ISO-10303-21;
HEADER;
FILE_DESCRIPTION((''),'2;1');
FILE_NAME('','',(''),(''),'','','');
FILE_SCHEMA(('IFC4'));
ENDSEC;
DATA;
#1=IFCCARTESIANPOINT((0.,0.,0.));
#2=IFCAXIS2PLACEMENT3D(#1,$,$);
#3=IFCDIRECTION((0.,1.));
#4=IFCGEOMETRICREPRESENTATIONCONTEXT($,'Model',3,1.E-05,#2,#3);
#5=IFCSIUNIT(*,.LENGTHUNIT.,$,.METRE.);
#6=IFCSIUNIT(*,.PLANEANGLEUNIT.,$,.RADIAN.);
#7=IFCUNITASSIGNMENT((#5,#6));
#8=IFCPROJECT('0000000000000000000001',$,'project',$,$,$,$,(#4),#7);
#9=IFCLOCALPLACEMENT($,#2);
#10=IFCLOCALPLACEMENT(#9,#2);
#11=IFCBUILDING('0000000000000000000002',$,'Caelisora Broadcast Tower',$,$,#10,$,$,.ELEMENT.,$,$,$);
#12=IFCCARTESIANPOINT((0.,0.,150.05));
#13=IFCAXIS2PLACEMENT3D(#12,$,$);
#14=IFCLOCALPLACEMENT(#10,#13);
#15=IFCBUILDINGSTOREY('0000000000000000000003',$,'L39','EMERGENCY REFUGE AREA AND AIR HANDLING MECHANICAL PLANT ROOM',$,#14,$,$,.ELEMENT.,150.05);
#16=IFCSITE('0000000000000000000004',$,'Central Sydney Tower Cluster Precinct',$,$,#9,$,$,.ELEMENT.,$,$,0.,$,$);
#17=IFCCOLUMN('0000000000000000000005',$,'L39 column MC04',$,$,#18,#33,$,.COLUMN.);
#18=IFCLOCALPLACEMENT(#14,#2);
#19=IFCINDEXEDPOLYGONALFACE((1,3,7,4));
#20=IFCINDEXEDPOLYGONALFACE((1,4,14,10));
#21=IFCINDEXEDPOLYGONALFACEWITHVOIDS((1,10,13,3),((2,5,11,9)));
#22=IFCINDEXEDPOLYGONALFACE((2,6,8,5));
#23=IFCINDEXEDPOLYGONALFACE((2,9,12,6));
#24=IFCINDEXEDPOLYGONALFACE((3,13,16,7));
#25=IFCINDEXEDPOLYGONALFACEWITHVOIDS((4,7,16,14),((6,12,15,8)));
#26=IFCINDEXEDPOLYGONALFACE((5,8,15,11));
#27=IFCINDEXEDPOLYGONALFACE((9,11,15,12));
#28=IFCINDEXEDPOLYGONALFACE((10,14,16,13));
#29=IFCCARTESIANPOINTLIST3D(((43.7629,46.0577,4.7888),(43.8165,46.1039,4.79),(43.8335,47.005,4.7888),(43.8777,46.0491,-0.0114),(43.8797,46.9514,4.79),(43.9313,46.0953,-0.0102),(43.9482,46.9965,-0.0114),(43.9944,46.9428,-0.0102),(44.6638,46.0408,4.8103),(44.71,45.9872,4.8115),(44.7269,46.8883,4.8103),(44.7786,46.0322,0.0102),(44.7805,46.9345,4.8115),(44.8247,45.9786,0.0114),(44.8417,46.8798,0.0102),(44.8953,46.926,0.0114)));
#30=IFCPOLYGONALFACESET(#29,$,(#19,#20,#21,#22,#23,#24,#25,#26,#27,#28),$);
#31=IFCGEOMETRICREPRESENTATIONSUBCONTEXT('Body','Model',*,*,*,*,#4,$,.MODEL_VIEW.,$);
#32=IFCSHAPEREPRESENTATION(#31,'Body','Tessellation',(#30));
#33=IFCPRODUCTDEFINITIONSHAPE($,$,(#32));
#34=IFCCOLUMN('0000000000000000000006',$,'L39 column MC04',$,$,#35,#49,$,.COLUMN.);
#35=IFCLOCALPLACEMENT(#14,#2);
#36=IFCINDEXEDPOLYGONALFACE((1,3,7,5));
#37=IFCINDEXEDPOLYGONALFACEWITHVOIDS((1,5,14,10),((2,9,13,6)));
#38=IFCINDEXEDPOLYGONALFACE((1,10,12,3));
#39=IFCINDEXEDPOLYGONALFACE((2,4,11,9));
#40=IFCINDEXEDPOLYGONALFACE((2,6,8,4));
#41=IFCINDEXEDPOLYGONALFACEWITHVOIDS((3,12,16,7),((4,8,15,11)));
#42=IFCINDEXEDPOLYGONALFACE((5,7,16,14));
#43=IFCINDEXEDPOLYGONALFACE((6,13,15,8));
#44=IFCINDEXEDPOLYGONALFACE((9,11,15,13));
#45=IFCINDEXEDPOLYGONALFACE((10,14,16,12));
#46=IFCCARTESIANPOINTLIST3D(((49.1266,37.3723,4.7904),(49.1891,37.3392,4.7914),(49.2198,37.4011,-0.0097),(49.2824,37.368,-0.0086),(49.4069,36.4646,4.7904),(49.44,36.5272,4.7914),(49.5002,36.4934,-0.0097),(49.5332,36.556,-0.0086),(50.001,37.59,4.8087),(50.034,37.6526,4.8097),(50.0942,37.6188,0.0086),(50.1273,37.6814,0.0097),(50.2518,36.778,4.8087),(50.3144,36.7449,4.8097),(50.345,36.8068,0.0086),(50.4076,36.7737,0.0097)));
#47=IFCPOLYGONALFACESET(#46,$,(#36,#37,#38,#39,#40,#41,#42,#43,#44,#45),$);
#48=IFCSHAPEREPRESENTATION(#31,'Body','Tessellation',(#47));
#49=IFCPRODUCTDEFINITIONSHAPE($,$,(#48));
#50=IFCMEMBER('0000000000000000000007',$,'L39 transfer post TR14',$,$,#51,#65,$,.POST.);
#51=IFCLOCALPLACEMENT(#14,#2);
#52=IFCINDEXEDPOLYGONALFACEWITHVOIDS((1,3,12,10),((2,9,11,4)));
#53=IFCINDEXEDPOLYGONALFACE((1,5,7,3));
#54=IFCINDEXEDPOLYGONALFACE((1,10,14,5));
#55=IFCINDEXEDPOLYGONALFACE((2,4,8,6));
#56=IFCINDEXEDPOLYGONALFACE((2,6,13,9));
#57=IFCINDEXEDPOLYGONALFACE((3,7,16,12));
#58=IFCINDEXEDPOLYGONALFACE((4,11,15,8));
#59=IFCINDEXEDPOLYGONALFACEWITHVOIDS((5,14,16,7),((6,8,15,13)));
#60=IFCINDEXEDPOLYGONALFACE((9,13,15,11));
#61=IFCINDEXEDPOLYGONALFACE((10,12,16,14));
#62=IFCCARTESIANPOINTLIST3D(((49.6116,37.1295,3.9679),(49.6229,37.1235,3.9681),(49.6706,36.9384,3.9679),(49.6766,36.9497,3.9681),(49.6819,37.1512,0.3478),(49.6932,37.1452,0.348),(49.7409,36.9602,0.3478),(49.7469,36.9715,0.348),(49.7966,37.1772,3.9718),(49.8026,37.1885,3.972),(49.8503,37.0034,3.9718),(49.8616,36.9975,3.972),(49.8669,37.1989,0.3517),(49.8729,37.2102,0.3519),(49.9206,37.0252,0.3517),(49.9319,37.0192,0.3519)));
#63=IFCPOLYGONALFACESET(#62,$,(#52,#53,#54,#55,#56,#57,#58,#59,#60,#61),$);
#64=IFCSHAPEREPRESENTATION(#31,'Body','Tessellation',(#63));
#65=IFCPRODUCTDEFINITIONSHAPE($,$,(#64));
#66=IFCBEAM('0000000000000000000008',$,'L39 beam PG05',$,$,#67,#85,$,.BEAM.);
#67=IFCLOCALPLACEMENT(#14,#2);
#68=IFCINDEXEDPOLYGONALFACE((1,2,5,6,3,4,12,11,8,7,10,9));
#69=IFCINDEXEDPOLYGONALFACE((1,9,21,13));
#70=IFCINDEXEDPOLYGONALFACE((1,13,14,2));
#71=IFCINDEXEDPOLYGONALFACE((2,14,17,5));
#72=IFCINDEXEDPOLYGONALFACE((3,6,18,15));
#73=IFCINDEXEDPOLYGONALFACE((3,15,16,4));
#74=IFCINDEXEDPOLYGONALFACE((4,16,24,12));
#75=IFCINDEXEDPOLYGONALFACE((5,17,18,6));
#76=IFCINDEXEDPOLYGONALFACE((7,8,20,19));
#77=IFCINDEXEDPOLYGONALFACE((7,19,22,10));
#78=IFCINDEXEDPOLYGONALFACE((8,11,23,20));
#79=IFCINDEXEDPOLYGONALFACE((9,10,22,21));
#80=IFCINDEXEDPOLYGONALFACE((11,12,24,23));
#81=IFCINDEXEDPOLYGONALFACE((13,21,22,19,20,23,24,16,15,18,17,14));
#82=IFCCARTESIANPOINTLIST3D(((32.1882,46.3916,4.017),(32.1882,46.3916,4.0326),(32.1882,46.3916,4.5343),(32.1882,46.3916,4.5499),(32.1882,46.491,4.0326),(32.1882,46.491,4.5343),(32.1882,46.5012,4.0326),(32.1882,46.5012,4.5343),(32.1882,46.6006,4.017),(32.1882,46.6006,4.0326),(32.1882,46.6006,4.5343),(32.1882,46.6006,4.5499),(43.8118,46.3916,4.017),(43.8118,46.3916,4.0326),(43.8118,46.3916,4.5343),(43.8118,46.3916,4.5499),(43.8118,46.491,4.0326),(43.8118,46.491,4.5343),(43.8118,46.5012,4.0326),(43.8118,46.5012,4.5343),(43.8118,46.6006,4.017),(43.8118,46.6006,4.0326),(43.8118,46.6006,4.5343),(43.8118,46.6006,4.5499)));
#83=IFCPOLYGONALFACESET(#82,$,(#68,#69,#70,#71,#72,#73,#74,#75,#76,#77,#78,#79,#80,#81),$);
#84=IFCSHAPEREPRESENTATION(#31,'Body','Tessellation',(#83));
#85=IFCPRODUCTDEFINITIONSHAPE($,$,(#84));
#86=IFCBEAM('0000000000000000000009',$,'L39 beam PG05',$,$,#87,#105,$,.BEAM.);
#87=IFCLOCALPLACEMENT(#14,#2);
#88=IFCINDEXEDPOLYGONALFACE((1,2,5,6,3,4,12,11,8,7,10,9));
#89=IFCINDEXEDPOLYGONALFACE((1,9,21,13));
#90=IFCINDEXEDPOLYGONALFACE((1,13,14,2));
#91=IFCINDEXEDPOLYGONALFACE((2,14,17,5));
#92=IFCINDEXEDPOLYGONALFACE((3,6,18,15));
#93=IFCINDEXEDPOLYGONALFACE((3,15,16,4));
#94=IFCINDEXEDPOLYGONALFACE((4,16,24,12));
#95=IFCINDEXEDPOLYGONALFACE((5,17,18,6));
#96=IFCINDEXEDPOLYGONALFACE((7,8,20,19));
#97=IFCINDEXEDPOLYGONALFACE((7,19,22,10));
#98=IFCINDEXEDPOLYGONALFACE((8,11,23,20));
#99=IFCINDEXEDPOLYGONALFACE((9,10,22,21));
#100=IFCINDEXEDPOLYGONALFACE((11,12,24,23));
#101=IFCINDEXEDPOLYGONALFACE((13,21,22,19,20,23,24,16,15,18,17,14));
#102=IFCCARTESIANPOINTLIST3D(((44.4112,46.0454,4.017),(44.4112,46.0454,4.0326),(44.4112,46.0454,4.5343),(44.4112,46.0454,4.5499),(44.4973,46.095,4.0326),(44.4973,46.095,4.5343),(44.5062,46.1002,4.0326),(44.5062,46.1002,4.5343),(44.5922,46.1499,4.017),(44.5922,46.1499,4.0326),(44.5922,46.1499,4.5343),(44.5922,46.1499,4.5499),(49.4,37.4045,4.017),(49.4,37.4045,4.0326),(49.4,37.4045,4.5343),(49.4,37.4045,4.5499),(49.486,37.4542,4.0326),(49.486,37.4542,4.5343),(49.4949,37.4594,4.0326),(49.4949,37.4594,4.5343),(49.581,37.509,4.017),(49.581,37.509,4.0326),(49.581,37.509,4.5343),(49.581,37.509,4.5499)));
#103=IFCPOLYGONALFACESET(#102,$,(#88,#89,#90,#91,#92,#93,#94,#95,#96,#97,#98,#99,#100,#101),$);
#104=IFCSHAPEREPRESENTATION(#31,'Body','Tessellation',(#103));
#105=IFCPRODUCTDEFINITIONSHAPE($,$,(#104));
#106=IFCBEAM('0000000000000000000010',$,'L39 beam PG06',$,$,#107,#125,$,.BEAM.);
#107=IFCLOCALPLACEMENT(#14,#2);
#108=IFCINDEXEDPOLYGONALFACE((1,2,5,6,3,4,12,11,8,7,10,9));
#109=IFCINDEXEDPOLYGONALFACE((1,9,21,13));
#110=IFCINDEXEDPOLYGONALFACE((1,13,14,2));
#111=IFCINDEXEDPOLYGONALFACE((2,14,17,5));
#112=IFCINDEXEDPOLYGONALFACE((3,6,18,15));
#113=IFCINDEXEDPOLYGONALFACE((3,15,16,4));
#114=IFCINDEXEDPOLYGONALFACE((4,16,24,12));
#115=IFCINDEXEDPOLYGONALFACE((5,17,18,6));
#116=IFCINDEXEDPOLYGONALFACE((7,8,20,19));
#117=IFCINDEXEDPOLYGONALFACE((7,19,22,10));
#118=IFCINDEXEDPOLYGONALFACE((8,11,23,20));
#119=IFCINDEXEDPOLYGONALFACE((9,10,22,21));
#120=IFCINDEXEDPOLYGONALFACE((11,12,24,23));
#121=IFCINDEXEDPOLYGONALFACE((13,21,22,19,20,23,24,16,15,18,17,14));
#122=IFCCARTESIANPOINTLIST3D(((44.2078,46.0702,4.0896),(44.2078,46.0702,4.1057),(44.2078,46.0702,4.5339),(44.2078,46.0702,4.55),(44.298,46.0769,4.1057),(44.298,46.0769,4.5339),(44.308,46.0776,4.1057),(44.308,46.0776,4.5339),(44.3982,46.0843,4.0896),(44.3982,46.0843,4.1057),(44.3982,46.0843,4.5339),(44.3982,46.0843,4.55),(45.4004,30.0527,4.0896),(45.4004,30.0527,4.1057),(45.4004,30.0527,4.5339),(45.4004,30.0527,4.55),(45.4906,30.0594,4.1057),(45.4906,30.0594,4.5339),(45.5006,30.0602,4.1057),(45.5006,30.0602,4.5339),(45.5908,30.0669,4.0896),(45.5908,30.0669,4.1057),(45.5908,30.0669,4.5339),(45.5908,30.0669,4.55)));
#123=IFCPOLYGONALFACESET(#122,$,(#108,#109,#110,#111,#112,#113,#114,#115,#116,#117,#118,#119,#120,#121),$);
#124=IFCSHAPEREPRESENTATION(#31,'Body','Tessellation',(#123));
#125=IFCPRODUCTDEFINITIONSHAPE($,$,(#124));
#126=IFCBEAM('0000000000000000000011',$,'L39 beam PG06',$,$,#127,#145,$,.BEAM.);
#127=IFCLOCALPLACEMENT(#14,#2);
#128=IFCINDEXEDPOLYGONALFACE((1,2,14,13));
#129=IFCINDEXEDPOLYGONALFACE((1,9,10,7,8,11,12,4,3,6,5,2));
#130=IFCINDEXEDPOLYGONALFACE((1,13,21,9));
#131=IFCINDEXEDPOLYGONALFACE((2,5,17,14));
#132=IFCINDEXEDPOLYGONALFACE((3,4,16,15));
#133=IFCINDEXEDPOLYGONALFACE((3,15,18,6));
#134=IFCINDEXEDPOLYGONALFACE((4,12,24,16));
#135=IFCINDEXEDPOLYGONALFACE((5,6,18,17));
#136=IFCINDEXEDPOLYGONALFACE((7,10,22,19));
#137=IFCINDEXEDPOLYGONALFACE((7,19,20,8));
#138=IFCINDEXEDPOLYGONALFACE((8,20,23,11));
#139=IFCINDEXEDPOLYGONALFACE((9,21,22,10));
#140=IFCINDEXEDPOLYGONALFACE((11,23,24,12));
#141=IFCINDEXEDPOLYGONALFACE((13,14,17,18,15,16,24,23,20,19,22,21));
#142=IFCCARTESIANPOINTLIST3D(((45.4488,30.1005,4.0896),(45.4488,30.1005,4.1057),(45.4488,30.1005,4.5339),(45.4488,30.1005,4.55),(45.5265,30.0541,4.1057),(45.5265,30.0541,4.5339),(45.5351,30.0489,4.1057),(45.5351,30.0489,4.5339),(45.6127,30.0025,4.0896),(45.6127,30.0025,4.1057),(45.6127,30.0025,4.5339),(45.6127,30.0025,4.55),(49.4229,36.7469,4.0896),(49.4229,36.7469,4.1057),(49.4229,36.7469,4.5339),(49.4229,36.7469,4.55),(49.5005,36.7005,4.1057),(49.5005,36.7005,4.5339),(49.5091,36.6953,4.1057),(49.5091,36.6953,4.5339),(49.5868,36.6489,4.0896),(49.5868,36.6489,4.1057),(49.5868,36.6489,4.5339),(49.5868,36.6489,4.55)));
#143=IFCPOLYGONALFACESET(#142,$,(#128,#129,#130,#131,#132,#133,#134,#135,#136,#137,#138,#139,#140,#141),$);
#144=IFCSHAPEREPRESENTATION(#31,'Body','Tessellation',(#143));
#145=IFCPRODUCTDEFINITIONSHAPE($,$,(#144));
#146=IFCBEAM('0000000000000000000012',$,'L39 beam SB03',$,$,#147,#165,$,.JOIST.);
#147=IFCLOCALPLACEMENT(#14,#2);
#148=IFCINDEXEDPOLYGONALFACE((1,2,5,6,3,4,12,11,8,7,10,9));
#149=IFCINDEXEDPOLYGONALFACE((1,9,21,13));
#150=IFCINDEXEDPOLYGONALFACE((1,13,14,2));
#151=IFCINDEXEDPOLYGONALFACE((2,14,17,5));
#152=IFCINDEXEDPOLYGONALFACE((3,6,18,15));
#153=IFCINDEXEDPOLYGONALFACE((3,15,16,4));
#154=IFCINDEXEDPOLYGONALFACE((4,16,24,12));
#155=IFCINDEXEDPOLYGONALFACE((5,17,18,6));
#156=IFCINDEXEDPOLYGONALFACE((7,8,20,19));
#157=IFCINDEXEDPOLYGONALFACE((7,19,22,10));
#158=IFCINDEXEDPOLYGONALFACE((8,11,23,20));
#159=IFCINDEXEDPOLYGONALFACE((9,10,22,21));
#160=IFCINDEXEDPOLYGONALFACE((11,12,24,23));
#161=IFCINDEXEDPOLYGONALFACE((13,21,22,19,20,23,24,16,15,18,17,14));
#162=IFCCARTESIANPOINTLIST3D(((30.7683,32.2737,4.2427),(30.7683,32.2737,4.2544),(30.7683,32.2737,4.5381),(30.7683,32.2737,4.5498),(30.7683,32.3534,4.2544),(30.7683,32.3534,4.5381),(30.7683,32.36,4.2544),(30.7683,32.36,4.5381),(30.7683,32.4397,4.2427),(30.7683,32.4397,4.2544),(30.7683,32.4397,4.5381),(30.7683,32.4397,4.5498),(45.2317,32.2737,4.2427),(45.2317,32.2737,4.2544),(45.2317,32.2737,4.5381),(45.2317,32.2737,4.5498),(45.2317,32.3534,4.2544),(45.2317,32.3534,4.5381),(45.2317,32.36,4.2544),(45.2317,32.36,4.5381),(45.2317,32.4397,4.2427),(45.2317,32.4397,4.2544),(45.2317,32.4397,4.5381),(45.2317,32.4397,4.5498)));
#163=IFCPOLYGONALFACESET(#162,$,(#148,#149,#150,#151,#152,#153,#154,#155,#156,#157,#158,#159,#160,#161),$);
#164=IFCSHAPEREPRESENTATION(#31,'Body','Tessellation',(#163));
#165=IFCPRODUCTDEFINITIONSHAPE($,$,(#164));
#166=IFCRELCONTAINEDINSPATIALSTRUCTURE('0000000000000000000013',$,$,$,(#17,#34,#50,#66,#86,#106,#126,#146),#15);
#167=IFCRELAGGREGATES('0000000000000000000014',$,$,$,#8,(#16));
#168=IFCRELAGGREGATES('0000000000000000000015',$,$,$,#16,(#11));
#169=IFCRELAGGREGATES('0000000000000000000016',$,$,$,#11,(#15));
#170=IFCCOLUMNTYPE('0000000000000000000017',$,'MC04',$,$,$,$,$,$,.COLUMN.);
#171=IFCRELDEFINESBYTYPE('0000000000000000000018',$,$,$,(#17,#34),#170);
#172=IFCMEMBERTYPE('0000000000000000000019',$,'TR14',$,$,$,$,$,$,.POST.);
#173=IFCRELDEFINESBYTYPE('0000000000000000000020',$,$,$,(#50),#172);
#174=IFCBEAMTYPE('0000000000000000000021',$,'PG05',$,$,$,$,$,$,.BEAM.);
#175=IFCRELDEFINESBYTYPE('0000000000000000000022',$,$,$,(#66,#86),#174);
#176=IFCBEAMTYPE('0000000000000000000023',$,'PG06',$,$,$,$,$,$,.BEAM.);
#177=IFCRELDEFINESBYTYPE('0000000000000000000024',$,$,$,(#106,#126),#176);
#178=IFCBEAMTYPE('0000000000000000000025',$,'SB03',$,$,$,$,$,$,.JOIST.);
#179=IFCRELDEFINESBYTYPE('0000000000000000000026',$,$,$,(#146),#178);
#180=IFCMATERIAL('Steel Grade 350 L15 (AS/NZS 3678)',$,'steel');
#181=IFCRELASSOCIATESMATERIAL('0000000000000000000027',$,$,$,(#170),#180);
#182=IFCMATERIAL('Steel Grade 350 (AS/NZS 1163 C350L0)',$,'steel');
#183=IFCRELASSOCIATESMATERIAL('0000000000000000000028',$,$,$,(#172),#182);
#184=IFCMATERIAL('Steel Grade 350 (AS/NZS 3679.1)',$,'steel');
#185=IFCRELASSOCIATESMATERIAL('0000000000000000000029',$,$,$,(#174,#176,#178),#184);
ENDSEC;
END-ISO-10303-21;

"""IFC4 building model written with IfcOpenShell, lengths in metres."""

from ifc_helpers import new_model, si_unit, direction, frame, origin, origin_2d, place, context, subcontext, project, spatial, hollow_rectangle, i_section, extrude, source, transform, mapped, material, material_profile, profile_set, type_object, type_shapes, element, save


model = new_model("IFC4")

# Units and contexts
model_context = context("Model", 3, precision=1e-05, world=origin(), true_north=direction((0.0, 1.0)))
body_context = subcontext(model_context, "Body", "Model", "MODEL_VIEW")
ifc_project = project(units=[si_unit("LENGTHUNIT", "METRE"), si_unit("PLANEANGLEUNIT", "RADIAN")], contexts=[model_context])

# Site, building, storey
site_placement = place(None, origin())
site = spatial("IfcSite", under=ifc_project, at=site_placement, Name="Central Sydney Tower Cluster Precinct", CompositionType="ELEMENT", RefElevation=0.0)
building_placement = place(site_placement, origin())
building = spatial("IfcBuilding", under=site, at=building_placement, Name="Caelisora Broadcast Tower", CompositionType="ELEMENT")
storey_placement = place(building_placement, frame((0.0, 0.0, 150.05)))
storey = spatial("IfcBuildingStorey", under=building, at=storey_placement, Name="L39", Description="EMERGENCY REFUGE AREA AND AIR HANDLING MECHANICAL PLANT ROOM", CompositionType="ELEMENT", Elevation=150.05)

# Columns
ifc_material_1 = material(Name="Steel Grade 350 L15 (AS/NZS 3678)", Category="steel")
ifc_material_profile_1 = material_profile(ifc_material_1, hollow_rectangle(XDim=0.95, YDim=0.95, WallThickness=0.05, at=origin_2d()), Name="Steel Grade 350 L15 (AS/NZS 3678)")
ifc_profile_set_1 = profile_set([ifc_material_profile_1], Name="Steel Grade 350 L15 (AS/NZS 3678)")
column_type = type_object("IfcColumnType", Name="MC04", PredefinedType="COLUMN", material=ifc_profile_set_1)
shared_shape_1 = source(origin(), body_context, "Body", "SweptSolid", [
    extrude(hollow_rectangle(XDim=0.95, YDim=0.95, WallThickness=0.05, at=origin_2d()), origin(), (0.0, 0.0, 1.0), 4.8015),
])
column_1_placement = place(storey_placement, frame((44.3865, 46.4875, 0.0), z_axis=(-0.023898, 0.00178, 0.999713), x_axis=(-0.074262, -0.997239, 0.0)))
element("IfcColumn", 1, at=column_1_placement, inside=storey, type_object=column_type, Name="L39 column MC04", PredefinedType="COLUMN", context=body_context, shape_type="MappedRepresentation", body=[
    mapped(shared_shape_1, transform((0.0, 0.0, 0.0), scale=1.0)),
])
shared_shape_2 = source(origin(), body_context, "Body", "SweptSolid", [
    extrude(hollow_rectangle(XDim=0.95, YDim=0.95, WallThickness=0.05, at=origin_2d()), origin(), (0.0, 0.0, 1.0), 4.801),
])
type_shapes(column_type, [shared_shape_1, shared_shape_2])
column_2_placement = place(storey_placement, frame((49.8137, 37.0874, 0.0), z_axis=(-0.019425, -0.006, 0.999793), x_axis=(0.29514, -0.955454, 0.0)))
element("IfcColumn", 2, at=column_2_placement, inside=storey, type_object=column_type, Name="L39 column MC04", PredefinedType="COLUMN", context=body_context, shape_type="MappedRepresentation", body=[
    mapped(shared_shape_2, transform((0.0, 0.0, 0.0), scale=1.0)),
])

# Member
ifc_material_2 = material(Name="Steel Grade 350 (AS/NZS 1163 C350L0)", Category="steel")
ifc_material_profile_2 = material_profile(ifc_material_2, hollow_rectangle(XDim=0.2, YDim=0.2, WallThickness=0.009, at=origin_2d()), Name="Steel Grade 350 (AS/NZS 1163 C350L0)")
ifc_profile_set_2 = profile_set([ifc_material_profile_2], Name="Steel Grade 350 (AS/NZS 1163 C350L0)")
member_type_1 = type_object("IfcMemberType", Name="TR14", PredefinedType="POST", material=ifc_profile_set_2)
shared_shape_3 = source(origin(), body_context, "Body", "SweptSolid", [
    extrude(hollow_rectangle(XDim=0.2, YDim=0.2, WallThickness=0.009, at=origin_2d()), origin(), (0.0, 0.0, 1.0), 3.6208),
])
type_shapes(member_type_1, [shared_shape_3])
member_1_placement = place(storey_placement, frame((49.8069, 37.0852, 0.3499), z_axis=(-0.019419, -0.006001, 0.999793), x_axis=(0.295251, -0.95542, 0.0)))
element("IfcMember", 3, at=member_1_placement, inside=storey, type_object=member_type_1, Name="L39 transfer post TR14", PredefinedType="POST", context=body_context, shape_type="MappedRepresentation", body=[
    mapped(shared_shape_3, transform((0.0, 0.0, 0.0), scale=1.0)),
])

# Beams
ifc_material_3 = material(Name="Steel Grade 350 (AS/NZS 3679.1)", Category="steel")
ifc_material_profile_3 = material_profile(ifc_material_3, i_section(OverallWidth=0.209, OverallDepth=0.533, WebThickness=0.0103, FlangeThickness=0.0156, at=origin_2d()), Name="Steel Grade 350 (AS/NZS 3679.1)")
ifc_profile_set_3 = profile_set([ifc_material_profile_3], Name="Steel Grade 350 (AS/NZS 3679.1)")
beam_type_1 = type_object("IfcBeamType", Name="PG05", PredefinedType="BEAM", material=ifc_profile_set_3)
shared_shape_4 = source(origin(), body_context, "Body", "SweptSolid", [
    extrude(i_section(OverallWidth=0.209, OverallDepth=0.533, WebThickness=0.0103, FlangeThickness=0.0156, at=origin_2d()), origin(), (0.0, 0.0, 1.0), 11.6235),
])
beam_1_placement = place(storey_placement, frame((43.8118, 46.4961, 4.2834), z_axis=(-1.0, 0.0, 0.0), x_axis=(0.0, -1.0, 0.0)))
element("IfcBeam", 4, at=beam_1_placement, inside=storey, type_object=beam_type_1, Name="L39 beam PG05", PredefinedType="BEAM", context=body_context, shape_type="MappedRepresentation", body=[
    mapped(shared_shape_4, transform((0.0, 0.0, 0.0), scale=1.0)),
])
shared_shape_5 = source(origin(), body_context, "Body", "SweptSolid", [
    extrude(i_section(OverallWidth=0.209, OverallDepth=0.533, WebThickness=0.0103, FlangeThickness=0.0156, at=origin_2d()), origin(), (0.0, 0.0, 1.0), 9.9775),
])
type_shapes(beam_type_1, [shared_shape_4, shared_shape_5])
beam_2_placement = place(storey_placement, frame((49.4905, 37.4568, 4.2834), z_axis=(-0.499997, 0.866027, 0.0), x_axis=(-0.866027, -0.499997, 0.0)))
element("IfcBeam", 5, at=beam_2_placement, inside=storey, type_object=beam_type_1, Name="L39 beam PG05", PredefinedType="BEAM", context=body_context, shape_type="MappedRepresentation", body=[
    mapped(shared_shape_5, transform((0.0, 0.0, 0.0), scale=1.0)),
])
ifc_material_profile_4 = material_profile(ifc_material_3, i_section(OverallWidth=0.1909, OverallDepth=0.4604, WebThickness=0.01, FlangeThickness=0.0161, at=origin_2d()), Name="Steel Grade 350 (AS/NZS 3679.1)")
ifc_profile_set_4 = profile_set([ifc_material_profile_4], Name="Steel Grade 350 (AS/NZS 3679.1)")
beam_type_2 = type_object("IfcBeamType", Name="PG06", PredefinedType="BEAM", material=ifc_profile_set_4)
shared_shape_6 = source(origin(), body_context, "Body", "SweptSolid", [
    extrude(i_section(OverallWidth=0.1909, OverallDepth=0.4604, WebThickness=0.01, FlangeThickness=0.0161, at=origin_2d()), origin(), (0.0, 0.0, 1.0), 16.0618),
])
beam_3_placement = place(storey_placement, frame((45.4956, 30.0598, 4.3198), z_axis=(-0.074253, 0.997239, 0.0), x_axis=(-0.997239, -0.074253, 0.0)))
element("IfcBeam", 6, at=beam_3_placement, inside=storey, type_object=beam_type_2, Name="L39 beam PG06", PredefinedType="BEAM", context=body_context, shape_type="MappedRepresentation", body=[
    mapped(shared_shape_6, transform((0.0, 0.0, 0.0), scale=1.0)),
])
shared_shape_7 = source(origin(), body_context, "Body", "SweptSolid", [
    extrude(i_section(OverallWidth=0.1909, OverallDepth=0.4604, WebThickness=0.01, FlangeThickness=0.0161, at=origin_2d()), origin(), (0.0, 0.0, 1.0), 7.7439),
])
type_shapes(beam_type_2, [shared_shape_6, shared_shape_7])
beam_4_placement = place(storey_placement, frame((45.5308, 30.0515, 4.3198), z_axis=(0.513188, 0.858276, 0.0), x_axis=(-0.858276, 0.513188, 0.0)))
element("IfcBeam", 7, at=beam_4_placement, inside=storey, type_object=beam_type_2, Name="L39 beam PG06", PredefinedType="BEAM", context=body_context, shape_type="MappedRepresentation", body=[
    mapped(shared_shape_7, transform((0.0, 0.0, 0.0), scale=1.0)),
])
ifc_material_profile_5 = material_profile(ifc_material_3, i_section(OverallWidth=0.166, OverallDepth=0.3071, WebThickness=0.0066, FlangeThickness=0.0117, at=origin_2d()), Name="Steel Grade 350 (AS/NZS 3679.1)")
ifc_profile_set_5 = profile_set([ifc_material_profile_5], Name="Steel Grade 350 (AS/NZS 3679.1)")
beam_type_3 = type_object("IfcBeamType", Name="SB03", PredefinedType="JOIST", material=ifc_profile_set_5)
shared_shape_8 = source(origin(), body_context, "Body", "SweptSolid", [
    extrude(i_section(OverallWidth=0.166, OverallDepth=0.3071, WebThickness=0.0066, FlangeThickness=0.0117, at=origin_2d()), origin(), (0.0, 0.0, 1.0), 14.4634),
])
beam_5_placement = place(storey_placement, frame((45.2317, 32.3567, 4.3962), z_axis=(-1.0, 0.0, 0.0), x_axis=(0.0, -1.0, 0.0)))
element("IfcBeam", 8, at=beam_5_placement, inside=storey, type_object=beam_type_3, Name="L39 beam SB03", PredefinedType="JOIST", context=body_context, shape_type="MappedRepresentation", body=[
    mapped(shared_shape_8, transform((0.0, 0.0, 0.0), scale=1.0)),
])

save(model, "model.ifc")
